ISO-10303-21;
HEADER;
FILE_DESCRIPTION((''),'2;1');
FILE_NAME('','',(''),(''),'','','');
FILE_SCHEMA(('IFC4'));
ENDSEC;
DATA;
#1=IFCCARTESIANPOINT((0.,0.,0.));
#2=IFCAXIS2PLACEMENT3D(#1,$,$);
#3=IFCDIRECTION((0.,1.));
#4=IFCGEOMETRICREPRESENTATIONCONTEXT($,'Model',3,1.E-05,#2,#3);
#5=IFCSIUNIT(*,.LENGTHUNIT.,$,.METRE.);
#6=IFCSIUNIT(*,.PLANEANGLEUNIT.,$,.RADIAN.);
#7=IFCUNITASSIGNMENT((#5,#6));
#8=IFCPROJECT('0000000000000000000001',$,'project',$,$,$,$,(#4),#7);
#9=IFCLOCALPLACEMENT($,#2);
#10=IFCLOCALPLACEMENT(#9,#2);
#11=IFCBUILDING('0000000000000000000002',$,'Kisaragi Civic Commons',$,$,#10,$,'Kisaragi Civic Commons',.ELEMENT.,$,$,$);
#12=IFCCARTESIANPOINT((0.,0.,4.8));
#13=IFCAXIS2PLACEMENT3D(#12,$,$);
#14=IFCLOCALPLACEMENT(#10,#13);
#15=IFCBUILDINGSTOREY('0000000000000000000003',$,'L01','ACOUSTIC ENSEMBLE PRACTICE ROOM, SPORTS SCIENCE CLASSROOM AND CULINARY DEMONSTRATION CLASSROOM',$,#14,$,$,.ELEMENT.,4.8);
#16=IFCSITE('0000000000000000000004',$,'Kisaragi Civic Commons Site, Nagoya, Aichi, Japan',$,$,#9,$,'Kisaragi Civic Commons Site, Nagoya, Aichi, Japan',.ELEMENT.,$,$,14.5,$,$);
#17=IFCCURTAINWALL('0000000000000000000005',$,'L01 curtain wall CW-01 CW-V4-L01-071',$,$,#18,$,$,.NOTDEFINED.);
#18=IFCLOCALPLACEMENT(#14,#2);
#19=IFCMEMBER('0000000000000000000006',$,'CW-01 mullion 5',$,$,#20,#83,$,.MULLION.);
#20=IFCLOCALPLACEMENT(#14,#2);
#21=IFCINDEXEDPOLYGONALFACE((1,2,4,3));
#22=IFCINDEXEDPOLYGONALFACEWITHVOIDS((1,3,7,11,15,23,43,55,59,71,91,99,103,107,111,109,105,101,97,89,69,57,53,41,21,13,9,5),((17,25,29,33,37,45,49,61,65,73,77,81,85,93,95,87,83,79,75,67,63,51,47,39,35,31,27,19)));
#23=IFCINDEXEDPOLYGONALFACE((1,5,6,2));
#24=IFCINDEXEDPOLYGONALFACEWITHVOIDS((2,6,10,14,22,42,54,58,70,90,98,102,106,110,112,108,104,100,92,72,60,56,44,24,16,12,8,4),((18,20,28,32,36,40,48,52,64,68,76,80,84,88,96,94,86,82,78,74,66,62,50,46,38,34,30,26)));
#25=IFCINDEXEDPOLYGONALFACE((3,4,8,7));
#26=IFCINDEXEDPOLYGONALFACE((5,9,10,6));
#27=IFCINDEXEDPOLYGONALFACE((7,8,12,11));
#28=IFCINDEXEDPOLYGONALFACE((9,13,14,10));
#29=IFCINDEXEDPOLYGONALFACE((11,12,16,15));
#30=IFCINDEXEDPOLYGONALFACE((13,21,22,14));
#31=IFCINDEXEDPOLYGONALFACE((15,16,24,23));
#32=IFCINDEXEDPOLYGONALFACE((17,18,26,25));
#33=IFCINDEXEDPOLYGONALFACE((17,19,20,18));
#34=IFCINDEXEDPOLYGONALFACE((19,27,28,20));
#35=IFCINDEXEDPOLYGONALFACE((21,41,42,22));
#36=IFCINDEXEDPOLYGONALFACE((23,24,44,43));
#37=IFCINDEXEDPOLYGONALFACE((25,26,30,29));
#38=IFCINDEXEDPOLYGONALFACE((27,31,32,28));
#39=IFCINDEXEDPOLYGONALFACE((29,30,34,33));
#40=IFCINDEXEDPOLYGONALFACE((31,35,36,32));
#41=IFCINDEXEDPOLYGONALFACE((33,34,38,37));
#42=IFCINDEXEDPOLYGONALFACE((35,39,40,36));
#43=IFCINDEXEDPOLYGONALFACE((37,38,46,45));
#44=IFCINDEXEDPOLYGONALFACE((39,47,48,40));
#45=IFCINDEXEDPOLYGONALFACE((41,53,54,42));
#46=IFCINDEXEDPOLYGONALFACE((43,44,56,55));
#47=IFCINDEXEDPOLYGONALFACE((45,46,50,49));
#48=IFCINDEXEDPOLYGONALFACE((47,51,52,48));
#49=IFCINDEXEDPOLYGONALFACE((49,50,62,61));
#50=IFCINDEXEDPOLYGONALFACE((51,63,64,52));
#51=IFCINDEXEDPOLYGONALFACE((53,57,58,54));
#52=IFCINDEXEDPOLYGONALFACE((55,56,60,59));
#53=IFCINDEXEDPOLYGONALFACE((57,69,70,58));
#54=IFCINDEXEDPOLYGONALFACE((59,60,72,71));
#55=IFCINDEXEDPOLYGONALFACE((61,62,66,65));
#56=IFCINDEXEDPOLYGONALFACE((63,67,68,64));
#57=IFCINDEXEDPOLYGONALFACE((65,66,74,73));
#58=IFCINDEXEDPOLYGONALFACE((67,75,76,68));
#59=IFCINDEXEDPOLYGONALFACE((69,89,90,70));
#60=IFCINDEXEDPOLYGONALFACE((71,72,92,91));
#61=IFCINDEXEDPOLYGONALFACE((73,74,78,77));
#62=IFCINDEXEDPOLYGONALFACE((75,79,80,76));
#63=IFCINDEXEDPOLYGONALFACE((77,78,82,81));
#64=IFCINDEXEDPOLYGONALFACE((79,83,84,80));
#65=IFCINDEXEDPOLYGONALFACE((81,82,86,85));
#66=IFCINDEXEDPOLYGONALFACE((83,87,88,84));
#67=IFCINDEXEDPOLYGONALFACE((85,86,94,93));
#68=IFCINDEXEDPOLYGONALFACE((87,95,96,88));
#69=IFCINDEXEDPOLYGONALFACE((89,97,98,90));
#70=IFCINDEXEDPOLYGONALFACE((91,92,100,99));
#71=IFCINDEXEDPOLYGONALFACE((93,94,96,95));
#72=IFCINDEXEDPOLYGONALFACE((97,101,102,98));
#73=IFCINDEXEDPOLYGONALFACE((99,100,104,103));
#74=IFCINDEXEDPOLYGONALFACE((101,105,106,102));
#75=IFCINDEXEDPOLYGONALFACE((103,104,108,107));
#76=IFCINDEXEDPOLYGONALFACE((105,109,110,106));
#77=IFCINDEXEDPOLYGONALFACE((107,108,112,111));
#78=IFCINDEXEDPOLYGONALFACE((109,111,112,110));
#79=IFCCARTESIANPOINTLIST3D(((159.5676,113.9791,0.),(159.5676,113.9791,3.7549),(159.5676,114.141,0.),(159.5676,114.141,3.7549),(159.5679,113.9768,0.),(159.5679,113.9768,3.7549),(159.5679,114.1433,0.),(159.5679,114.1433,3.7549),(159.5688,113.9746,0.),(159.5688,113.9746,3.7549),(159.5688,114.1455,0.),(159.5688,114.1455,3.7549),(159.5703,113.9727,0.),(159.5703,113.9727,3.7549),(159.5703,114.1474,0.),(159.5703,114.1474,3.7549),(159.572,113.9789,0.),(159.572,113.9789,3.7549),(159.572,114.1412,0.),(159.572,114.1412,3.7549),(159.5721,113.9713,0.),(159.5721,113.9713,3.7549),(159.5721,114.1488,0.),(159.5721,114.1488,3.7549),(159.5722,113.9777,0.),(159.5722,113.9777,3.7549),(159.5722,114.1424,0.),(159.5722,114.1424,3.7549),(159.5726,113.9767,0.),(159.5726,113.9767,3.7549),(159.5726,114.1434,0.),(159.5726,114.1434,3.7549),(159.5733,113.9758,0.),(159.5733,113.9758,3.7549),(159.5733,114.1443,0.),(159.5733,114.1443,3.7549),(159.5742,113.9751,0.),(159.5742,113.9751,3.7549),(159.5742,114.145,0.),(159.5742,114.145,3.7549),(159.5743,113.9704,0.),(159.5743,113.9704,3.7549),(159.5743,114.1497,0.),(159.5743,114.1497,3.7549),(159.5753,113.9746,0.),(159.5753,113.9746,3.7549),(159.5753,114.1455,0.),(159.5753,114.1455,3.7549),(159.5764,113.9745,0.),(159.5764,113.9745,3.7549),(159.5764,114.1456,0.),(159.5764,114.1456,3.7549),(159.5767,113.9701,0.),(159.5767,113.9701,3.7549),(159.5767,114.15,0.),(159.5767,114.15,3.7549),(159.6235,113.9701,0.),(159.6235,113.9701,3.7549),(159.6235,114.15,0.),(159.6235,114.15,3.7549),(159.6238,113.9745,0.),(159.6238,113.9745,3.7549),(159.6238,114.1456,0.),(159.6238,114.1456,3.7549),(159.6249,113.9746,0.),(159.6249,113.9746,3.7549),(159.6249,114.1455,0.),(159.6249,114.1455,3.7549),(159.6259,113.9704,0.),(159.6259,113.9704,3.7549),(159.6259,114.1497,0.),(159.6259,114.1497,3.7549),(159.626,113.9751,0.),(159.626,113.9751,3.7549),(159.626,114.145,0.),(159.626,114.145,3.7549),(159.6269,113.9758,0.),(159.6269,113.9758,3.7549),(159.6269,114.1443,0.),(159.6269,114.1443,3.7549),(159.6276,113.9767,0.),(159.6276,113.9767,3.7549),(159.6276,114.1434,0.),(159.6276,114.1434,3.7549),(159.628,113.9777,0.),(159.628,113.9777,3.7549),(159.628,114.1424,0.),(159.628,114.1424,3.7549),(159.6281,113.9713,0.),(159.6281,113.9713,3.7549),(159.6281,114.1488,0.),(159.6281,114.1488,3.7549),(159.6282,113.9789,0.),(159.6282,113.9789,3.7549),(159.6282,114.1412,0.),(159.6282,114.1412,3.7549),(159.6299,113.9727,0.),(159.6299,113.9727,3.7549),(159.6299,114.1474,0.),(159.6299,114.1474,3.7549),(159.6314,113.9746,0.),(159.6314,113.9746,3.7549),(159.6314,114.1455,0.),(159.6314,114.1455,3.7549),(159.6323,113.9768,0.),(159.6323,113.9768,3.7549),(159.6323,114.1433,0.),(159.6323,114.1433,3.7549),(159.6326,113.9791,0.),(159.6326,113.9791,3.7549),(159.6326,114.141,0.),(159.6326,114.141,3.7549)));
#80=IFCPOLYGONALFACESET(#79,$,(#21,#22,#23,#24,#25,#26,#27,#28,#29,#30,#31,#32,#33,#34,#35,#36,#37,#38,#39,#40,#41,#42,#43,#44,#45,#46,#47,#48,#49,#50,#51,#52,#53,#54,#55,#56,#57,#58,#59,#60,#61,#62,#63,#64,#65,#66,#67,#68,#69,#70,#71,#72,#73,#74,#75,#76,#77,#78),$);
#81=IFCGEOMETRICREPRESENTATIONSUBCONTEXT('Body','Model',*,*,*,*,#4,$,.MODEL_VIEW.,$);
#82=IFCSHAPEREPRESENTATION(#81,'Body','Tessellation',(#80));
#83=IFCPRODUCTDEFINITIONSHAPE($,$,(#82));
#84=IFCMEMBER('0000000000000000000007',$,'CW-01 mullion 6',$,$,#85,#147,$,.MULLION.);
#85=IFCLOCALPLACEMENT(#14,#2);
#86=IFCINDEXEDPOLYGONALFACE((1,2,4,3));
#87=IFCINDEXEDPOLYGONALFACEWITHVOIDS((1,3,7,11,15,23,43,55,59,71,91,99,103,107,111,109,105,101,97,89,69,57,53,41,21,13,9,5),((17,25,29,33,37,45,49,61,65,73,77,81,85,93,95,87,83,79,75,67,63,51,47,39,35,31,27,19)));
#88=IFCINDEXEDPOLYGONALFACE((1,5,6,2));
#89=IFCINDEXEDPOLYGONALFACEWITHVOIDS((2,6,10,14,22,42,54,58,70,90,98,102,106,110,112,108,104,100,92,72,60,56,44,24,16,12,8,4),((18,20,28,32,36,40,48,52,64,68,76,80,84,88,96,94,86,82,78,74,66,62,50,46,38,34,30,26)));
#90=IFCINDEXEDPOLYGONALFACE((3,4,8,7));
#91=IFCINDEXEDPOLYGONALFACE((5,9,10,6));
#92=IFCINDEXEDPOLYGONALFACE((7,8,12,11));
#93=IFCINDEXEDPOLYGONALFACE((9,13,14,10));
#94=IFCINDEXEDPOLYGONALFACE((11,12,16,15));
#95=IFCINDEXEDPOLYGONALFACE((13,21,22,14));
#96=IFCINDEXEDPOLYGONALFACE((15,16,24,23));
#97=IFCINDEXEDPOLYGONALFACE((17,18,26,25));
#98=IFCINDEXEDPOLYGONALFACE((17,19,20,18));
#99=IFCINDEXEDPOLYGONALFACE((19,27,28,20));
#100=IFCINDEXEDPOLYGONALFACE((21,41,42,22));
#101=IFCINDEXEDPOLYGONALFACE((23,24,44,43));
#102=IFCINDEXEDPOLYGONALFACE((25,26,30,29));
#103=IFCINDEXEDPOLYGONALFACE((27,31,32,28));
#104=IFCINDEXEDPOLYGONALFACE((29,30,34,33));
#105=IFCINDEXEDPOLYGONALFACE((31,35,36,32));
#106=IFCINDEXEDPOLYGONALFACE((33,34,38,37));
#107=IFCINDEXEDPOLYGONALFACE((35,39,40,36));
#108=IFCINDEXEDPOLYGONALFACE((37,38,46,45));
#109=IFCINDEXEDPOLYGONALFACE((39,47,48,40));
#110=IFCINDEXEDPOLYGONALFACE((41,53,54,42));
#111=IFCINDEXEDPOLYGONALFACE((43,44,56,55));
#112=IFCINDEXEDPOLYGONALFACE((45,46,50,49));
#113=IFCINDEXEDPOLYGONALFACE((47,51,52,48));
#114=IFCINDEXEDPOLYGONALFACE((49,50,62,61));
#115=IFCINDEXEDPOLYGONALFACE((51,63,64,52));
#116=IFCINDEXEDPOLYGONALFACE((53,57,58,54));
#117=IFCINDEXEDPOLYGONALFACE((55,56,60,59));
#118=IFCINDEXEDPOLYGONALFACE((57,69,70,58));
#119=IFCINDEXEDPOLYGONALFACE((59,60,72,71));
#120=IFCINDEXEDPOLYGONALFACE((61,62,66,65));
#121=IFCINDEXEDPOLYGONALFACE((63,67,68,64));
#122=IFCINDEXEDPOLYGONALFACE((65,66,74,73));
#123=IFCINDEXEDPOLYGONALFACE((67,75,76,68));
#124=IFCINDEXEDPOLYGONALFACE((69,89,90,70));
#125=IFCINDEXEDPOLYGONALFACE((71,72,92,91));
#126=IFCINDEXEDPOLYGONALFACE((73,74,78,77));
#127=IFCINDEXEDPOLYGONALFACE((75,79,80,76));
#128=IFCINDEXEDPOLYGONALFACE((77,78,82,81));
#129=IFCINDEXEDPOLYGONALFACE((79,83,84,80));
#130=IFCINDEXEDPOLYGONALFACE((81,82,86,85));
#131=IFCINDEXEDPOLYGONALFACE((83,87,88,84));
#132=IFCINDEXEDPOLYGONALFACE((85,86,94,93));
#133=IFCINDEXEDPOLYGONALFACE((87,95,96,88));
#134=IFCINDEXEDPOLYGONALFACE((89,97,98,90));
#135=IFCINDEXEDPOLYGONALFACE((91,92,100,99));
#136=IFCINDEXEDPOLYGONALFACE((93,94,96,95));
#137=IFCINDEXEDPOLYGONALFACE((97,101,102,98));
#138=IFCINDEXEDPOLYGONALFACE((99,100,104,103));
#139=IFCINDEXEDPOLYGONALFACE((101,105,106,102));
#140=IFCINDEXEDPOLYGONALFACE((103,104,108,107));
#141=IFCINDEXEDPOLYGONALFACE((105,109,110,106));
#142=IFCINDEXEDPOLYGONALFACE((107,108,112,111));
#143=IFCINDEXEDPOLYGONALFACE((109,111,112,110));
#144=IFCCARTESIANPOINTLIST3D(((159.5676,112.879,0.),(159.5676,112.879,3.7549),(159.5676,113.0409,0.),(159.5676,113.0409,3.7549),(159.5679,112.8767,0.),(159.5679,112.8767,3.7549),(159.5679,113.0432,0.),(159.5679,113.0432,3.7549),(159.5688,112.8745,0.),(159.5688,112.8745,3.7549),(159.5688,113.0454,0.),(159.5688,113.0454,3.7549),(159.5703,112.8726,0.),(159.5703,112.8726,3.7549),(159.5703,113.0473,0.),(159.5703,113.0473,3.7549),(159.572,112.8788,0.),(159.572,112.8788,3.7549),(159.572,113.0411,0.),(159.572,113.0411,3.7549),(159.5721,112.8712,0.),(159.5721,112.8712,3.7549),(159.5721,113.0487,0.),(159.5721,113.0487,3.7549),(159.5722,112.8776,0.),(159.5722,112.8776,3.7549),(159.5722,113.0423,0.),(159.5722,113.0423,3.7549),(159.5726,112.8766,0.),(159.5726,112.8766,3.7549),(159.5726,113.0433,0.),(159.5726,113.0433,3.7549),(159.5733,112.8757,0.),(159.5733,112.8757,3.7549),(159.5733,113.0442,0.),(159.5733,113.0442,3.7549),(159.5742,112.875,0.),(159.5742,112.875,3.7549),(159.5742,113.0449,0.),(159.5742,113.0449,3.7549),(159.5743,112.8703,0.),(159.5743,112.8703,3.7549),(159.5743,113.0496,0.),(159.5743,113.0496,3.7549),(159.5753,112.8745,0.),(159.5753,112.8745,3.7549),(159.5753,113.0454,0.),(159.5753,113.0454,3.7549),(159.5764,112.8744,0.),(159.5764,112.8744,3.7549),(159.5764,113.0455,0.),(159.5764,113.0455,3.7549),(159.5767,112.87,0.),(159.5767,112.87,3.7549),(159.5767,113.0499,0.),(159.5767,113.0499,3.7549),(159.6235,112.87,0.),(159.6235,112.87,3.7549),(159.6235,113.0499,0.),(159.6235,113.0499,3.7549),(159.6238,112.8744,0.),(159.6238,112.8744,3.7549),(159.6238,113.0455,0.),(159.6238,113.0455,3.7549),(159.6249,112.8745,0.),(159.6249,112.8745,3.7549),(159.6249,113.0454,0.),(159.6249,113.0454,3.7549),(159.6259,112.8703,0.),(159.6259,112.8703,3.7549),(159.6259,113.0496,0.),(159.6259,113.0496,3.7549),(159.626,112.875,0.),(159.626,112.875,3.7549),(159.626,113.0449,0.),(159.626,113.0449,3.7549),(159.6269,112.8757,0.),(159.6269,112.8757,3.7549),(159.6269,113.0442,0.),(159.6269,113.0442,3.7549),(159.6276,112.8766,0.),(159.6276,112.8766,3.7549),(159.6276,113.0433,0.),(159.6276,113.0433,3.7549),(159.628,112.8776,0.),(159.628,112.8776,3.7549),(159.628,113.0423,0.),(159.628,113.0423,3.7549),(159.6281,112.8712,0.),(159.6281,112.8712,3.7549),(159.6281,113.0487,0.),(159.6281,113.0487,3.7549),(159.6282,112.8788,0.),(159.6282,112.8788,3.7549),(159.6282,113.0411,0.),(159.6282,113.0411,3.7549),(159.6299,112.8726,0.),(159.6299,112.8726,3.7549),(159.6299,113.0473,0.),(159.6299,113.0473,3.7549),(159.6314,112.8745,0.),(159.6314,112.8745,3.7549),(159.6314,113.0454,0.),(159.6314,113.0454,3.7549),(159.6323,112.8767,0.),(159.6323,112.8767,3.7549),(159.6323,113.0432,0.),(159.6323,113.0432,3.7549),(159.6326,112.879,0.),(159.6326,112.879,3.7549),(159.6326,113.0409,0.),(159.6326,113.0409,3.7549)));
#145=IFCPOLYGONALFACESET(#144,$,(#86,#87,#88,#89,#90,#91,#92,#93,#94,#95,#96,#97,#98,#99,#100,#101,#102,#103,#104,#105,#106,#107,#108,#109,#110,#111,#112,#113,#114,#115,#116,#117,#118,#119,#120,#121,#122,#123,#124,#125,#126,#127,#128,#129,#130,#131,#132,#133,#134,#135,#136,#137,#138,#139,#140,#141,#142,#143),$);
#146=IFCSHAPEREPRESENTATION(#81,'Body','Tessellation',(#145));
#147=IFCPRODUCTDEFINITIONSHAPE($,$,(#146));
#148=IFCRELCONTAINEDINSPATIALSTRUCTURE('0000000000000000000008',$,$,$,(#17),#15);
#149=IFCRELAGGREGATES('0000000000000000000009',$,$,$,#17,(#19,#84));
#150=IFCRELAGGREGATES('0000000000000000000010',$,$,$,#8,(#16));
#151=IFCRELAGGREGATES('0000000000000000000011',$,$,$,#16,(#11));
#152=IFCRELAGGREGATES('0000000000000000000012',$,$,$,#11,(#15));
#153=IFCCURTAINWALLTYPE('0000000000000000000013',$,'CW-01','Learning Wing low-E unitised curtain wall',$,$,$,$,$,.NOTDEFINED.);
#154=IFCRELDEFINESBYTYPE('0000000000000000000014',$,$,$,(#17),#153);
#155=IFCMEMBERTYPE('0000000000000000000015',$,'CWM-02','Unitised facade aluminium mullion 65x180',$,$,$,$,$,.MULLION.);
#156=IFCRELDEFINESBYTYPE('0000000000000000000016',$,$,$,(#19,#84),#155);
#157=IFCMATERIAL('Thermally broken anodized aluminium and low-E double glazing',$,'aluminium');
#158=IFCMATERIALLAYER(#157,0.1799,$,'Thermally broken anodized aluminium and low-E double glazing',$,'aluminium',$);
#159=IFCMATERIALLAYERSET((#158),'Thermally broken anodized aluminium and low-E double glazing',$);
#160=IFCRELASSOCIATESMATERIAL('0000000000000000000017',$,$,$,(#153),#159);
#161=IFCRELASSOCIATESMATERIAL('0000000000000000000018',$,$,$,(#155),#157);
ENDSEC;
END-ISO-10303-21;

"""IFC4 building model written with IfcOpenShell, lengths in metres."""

from ifc_helpers import new_model, si_unit, direction, frame, origin, origin_2d, place, context, subcontext, project, spatial, hollow_rectangle, extrude, material, layer, layer_set, material_profile, profile_set, type_object, element, aggregate, save


model = new_model("IFC4")

# Units and contexts
model_context = context("Model", 3, precision=1e-05, world=origin(), true_north=direction((0.0, 1.0)))
body_context = subcontext(model_context, "Body", "Model", "MODEL_VIEW")
ifc_project = project(units=[si_unit("LENGTHUNIT", "METRE"), si_unit("PLANEANGLEUNIT", "RADIAN")], contexts=[model_context])

# Site, building, storey
site_placement = place(None, origin())
site = spatial("IfcSite", under=ifc_project, at=site_placement, Name="Kisaragi Civic Commons Site, Nagoya, Aichi, Japan", LongName="Kisaragi Civic Commons Site, Nagoya, Aichi, Japan", CompositionType="ELEMENT", RefElevation=14.5)
building_placement = place(site_placement, origin())
building = spatial("IfcBuilding", under=site, at=building_placement, Name="Kisaragi Civic Commons", LongName="Kisaragi Civic Commons", CompositionType="ELEMENT")
storey_placement = place(building_placement, frame((0.0, 0.0, 4.8)))
storey = spatial("IfcBuildingStorey", under=building, at=storey_placement, Name="L01", Description="ACOUSTIC ENSEMBLE PRACTICE ROOM, SPORTS SCIENCE CLASSROOM AND CULINARY DEMONSTRATION CLASSROOM", CompositionType="ELEMENT", Elevation=4.8)

# Curtain wall, members
ifc_material = material(Name="Thermally broken anodized aluminium and low-E double glazing", Category="aluminium")
ifc_layer_1 = layer(ifc_material, 0.1799, Name="Thermally broken anodized aluminium and low-E double glazing", Category="aluminium")
ifc_layer_set_1 = layer_set([ifc_layer_1], Name="Thermally broken anodized aluminium and low-E double glazing")
curtain_wall_type = type_object("IfcCurtainWallType", Name="CW-01", Description="Learning Wing low-E unitised curtain wall", PredefinedType="NOTDEFINED", material=ifc_layer_set_1)
curtain_wall_placement = place(storey_placement, origin())
curtain_wall = element("IfcCurtainWall", 1, at=curtain_wall_placement, inside=storey, type_object=curtain_wall_type, Name="L01 curtain wall CW-01 CW-V4-L01-071", PredefinedType="NOTDEFINED")
ifc_material_profile_1 = material_profile(ifc_material, hollow_rectangle(XDim=0.0649, YDim=0.1799, WallThickness=0.0044, InnerFilletRadius=0.0044, OuterFilletRadius=0.009, at=origin_2d()), Name="CWM-65x180x4.5", Category="aluminium")
ifc_profile_set_1 = profile_set([ifc_material_profile_1], Name="Thermally broken anodized aluminium and low-E double glazing")
member_type_1 = type_object("IfcMemberType", Name="CWM-02", Description="Unitised facade aluminium mullion 65x180", PredefinedType="MULLION", material=ifc_profile_set_1)
member_1_placement = place(storey_placement, frame((159.6001, 114.0601, 0.0), z_axis=(0.0, 0.0, 1.0), x_axis=(1.0, 0.0, 0.0)))
member_1 = element("IfcMember", 2, at=member_1_placement, type_object=member_type_1, Name="CW-01 mullion 5", PredefinedType="MULLION", context=body_context, shape_type="SweptSolid", body=[
    extrude(hollow_rectangle(XDim=0.0649, YDim=0.1799, WallThickness=0.0044, InnerFilletRadius=0.0044, OuterFilletRadius=0.009, at=origin_2d()), origin(), (0.0, 0.0, 1.0), 3.7549),
])
member_2_placement = place(storey_placement, frame((159.6001, 112.96, 0.0), z_axis=(0.0, 0.0, 1.0), x_axis=(1.0, 0.0, 0.0)))
member_2 = element("IfcMember", 3, at=member_2_placement, type_object=member_type_1, Name="CW-01 mullion 6", PredefinedType="MULLION", context=body_context, shape_type="SweptSolid", body=[
    extrude(hollow_rectangle(XDim=0.0649, YDim=0.1799, WallThickness=0.0044, InnerFilletRadius=0.0044, OuterFilletRadius=0.009, at=origin_2d()), origin(), (0.0, 0.0, 1.0), 3.7549),
])
aggregate(curtain_wall, [member_1, member_2])

save(model, "model.ifc")
